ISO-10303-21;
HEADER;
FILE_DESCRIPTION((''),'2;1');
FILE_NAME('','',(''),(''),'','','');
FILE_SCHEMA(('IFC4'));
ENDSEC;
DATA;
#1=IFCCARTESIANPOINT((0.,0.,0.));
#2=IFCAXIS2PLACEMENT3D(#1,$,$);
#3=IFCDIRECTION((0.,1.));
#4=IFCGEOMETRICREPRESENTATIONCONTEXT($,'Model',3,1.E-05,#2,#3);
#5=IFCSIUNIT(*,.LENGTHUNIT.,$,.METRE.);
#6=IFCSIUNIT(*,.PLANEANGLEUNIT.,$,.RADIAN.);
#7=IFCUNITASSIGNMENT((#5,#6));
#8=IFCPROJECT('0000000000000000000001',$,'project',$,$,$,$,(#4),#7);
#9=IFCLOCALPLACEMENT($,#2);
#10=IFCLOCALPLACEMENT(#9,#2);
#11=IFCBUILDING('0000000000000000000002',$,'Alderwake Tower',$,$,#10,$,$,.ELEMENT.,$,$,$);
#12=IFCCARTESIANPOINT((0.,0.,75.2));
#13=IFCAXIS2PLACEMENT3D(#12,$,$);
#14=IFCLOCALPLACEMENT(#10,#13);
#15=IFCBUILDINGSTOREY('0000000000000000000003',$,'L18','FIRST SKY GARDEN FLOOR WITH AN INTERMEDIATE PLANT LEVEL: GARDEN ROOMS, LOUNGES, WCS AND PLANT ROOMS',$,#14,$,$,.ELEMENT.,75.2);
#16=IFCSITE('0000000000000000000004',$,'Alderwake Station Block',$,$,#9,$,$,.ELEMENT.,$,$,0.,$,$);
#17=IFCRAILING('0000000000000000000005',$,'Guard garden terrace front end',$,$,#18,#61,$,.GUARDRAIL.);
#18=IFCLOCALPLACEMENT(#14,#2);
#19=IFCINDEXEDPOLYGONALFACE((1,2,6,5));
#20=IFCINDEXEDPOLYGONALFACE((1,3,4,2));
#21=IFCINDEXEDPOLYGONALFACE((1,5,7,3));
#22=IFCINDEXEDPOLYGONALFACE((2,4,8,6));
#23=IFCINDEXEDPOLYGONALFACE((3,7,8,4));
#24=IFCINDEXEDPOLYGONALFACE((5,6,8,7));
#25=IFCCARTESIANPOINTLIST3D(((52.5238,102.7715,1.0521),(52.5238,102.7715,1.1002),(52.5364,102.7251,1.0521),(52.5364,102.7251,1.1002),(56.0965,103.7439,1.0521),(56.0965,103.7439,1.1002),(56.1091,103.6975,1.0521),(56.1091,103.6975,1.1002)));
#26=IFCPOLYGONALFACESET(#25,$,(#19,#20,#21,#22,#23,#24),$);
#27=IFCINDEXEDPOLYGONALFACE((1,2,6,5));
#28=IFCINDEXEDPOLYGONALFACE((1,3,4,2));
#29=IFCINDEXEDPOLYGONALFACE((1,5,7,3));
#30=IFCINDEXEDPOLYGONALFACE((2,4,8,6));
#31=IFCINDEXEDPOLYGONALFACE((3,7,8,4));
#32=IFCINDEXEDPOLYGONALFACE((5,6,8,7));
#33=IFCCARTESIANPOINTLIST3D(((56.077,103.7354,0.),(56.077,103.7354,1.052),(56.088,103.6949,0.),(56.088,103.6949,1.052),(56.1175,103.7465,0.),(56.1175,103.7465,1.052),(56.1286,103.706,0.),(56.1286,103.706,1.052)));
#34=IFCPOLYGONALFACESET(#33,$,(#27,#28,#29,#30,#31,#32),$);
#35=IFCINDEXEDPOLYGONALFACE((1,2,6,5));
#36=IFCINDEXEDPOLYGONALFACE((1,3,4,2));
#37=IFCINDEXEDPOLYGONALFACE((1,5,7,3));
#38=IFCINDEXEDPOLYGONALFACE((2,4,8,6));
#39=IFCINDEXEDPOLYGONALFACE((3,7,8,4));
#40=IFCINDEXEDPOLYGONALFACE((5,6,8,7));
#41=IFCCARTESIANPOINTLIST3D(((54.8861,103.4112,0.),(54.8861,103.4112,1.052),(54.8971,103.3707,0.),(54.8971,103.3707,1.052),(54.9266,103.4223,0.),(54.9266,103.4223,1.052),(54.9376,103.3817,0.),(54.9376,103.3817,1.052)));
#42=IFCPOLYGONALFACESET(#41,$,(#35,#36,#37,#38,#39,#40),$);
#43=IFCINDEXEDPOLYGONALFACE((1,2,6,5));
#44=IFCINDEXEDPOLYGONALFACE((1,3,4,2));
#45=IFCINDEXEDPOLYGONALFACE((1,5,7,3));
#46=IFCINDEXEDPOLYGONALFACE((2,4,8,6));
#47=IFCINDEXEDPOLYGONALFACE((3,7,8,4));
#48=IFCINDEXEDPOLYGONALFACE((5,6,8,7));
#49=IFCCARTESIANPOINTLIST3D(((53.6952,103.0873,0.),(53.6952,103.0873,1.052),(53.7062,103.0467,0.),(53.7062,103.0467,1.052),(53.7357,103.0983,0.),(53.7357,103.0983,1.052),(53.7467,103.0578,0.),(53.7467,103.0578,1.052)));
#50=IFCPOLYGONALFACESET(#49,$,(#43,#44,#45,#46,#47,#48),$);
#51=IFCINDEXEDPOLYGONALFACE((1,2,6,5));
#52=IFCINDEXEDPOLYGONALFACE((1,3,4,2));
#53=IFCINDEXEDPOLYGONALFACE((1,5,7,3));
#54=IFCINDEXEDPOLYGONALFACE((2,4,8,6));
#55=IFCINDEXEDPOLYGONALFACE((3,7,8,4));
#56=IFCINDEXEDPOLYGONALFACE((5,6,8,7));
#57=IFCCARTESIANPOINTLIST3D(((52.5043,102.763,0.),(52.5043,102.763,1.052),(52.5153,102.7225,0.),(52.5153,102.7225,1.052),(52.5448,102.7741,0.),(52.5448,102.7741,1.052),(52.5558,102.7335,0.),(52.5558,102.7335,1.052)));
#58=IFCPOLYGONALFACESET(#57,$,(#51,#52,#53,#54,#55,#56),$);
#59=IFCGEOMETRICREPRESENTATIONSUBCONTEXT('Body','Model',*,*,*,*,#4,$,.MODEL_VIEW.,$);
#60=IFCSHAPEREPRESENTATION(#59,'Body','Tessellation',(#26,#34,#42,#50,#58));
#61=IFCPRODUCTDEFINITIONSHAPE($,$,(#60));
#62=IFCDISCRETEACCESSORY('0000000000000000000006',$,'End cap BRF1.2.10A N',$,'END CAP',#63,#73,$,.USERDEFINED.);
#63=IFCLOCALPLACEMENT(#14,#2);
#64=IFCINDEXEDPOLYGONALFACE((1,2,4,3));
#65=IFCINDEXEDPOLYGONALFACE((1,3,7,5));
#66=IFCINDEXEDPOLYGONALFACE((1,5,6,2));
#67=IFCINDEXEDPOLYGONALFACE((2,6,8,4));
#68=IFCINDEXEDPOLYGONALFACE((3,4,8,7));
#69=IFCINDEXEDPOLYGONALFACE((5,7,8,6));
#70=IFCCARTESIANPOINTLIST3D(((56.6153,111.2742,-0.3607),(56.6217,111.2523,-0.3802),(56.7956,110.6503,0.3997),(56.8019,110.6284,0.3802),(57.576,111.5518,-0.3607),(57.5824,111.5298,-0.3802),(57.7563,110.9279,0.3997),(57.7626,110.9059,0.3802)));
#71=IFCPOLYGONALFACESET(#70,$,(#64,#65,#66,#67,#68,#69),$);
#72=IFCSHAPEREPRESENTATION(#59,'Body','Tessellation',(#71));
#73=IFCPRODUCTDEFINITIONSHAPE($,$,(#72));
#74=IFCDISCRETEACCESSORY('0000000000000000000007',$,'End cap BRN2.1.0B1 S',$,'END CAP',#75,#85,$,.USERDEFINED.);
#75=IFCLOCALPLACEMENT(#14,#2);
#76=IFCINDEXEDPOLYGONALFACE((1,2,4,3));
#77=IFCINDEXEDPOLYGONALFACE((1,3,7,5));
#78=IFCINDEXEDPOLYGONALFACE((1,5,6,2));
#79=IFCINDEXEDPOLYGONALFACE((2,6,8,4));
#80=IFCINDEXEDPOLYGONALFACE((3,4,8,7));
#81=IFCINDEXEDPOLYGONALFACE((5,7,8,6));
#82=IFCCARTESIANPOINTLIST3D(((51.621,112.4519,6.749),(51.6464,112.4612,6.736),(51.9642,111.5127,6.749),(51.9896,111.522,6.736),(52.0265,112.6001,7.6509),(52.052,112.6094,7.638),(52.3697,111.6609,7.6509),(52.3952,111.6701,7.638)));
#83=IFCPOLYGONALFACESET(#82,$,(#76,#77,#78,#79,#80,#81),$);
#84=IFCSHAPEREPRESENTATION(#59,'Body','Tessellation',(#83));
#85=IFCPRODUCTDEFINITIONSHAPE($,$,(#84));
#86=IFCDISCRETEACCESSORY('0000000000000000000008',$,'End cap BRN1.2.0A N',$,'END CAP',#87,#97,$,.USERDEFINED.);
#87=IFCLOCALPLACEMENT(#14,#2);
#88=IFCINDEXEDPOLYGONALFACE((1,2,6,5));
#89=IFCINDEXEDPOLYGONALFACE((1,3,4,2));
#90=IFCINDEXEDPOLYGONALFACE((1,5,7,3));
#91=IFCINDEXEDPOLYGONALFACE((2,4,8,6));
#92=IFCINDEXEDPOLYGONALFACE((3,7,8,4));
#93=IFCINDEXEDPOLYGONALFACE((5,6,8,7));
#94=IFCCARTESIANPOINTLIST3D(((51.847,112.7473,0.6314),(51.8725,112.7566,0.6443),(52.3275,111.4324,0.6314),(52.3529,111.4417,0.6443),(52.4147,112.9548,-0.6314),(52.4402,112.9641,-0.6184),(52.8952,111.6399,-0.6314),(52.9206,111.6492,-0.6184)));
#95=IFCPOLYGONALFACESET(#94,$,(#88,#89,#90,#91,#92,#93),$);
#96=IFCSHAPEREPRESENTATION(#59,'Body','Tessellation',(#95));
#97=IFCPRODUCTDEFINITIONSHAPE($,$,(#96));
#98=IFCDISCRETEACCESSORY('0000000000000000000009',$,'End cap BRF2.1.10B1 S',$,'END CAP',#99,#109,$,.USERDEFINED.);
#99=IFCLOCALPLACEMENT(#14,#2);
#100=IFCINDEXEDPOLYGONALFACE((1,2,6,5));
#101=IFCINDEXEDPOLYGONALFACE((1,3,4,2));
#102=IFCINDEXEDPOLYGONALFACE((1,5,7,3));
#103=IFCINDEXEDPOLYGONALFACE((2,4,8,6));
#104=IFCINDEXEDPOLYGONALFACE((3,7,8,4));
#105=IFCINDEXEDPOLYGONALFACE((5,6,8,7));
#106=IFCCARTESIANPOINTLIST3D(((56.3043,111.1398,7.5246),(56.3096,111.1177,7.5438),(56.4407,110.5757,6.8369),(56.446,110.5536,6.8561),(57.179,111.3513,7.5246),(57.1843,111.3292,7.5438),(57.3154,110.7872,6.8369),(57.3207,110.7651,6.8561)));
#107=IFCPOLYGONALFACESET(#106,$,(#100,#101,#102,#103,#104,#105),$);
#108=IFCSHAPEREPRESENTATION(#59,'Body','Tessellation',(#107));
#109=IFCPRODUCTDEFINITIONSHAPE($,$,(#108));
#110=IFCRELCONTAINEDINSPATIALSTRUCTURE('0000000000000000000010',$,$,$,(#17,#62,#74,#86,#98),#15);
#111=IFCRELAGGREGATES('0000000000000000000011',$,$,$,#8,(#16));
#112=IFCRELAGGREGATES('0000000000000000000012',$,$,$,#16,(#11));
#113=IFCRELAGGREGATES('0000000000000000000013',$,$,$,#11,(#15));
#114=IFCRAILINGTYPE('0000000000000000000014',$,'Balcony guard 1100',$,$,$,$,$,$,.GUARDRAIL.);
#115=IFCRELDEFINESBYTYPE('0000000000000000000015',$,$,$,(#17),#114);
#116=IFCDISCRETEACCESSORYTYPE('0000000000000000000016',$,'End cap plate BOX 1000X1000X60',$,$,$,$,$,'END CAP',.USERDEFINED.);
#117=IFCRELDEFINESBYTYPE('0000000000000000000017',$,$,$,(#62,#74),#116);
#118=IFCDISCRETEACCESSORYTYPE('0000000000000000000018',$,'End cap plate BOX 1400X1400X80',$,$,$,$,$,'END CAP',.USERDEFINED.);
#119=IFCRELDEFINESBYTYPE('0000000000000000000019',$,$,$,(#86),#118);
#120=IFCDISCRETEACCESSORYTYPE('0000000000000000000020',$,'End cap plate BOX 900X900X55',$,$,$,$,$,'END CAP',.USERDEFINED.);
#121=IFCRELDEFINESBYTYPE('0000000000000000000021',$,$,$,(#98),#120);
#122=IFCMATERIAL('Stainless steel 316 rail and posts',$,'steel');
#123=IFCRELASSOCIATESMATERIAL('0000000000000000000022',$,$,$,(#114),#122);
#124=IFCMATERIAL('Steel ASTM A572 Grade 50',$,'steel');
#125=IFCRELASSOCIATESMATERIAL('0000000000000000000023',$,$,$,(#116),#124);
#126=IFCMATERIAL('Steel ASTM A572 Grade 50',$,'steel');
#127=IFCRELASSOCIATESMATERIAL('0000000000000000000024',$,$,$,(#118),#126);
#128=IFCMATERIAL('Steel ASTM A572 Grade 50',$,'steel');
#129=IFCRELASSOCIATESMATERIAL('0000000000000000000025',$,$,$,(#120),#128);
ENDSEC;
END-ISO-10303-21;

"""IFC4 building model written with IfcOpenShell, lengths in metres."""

from ifc_helpers import new_model, si_unit, direction, frame, origin, origin_2d, place, context, subcontext, project, spatial, rectangle, extrude, material, material_profile, profile_set, type_object, element, save


model = new_model("IFC4")

# Units and contexts
model_context = context("Model", 3, precision=1e-05, world=origin(), true_north=direction((0.0, 1.0)))
body_context = subcontext(model_context, "Body", "Model", "MODEL_VIEW")
ifc_project = project(units=[si_unit("LENGTHUNIT", "METRE"), si_unit("PLANEANGLEUNIT", "RADIAN")], contexts=[model_context])

# Site, building, storey
site_placement = place(None, origin())
site = spatial("IfcSite", under=ifc_project, at=site_placement, Name="Alderwake Station Block", CompositionType="ELEMENT", RefElevation=0.0)
building_placement = place(site_placement, origin())
building = spatial("IfcBuilding", under=site, at=building_placement, Name="Alderwake Tower", CompositionType="ELEMENT")
storey_placement = place(building_placement, frame((0.0, 0.0, 75.2)))
storey = spatial("IfcBuildingStorey", under=building, at=storey_placement, Name="L18", Description="FIRST SKY GARDEN FLOOR WITH AN INTERMEDIATE PLANT LEVEL: GARDEN ROOMS, LOUNGES, WCS AND PLANT ROOMS", CompositionType="ELEMENT", Elevation=75.2)

# Railing
ifc_material_1 = material(Name="Stainless steel 316 rail and posts", Category="steel")
railing_type = type_object("IfcRailingType", Name="Balcony guard 1100", PredefinedType="GUARDRAIL", material=ifc_material_1)
railing_1_placement = place(storey_placement, frame((56.1028, 103.7207, 0.0)))
element("IfcRailing", 1, at=railing_1_placement, inside=storey, type_object=railing_type, Name="Guard garden terrace front end", PredefinedType="GUARDRAIL", context=body_context, shape_type="SweptSolid", body=[
    extrude(rectangle(XDim=0.0481, YDim=0.0481, at=origin_2d()), frame((0.0, 0.0, 1.0762), z_axis=(-0.964899, -0.262621, 0.0), x_axis=(0.262621, -0.964899, 0.0)), (0.0, 0.0, 1.0), 3.7026),
    extrude(rectangle(XDim=0.042, YDim=0.042, at=origin_2d()), frame((0.0, 0.0, 0.0), z_axis=(0.0, 0.0, 1.0), x_axis=(-0.964899, -0.262621, 0.0)), (0.0, 0.0, 1.0), 1.052),
    extrude(rectangle(XDim=0.042, YDim=0.042, at=origin_2d()), frame((-1.1909, -0.3242, 0.0), z_axis=(0.0, 0.0, 1.0), x_axis=(-0.964899, -0.262621, 0.0)), (0.0, 0.0, 1.0), 1.052),
    extrude(rectangle(XDim=0.042, YDim=0.042, at=origin_2d()), frame((-2.3818, -0.6482, 0.0), z_axis=(0.0, 0.0, 1.0), x_axis=(-0.964899, -0.262621, 0.0)), (0.0, 0.0, 1.0), 1.052),
    extrude(rectangle(XDim=0.042, YDim=0.042, at=origin_2d()), frame((-3.5728, -0.9724, 0.0), z_axis=(0.0, 0.0, 1.0), x_axis=(-0.964899, -0.262621, 0.0)), (0.0, 0.0, 1.0), 1.052),
])

# Discrete accessories
ifc_material_2 = material(Name="Steel ASTM A572 Grade 50", Category="steel")
ifc_material_profile_1 = material_profile(ifc_material_2, rectangle(XDim=1.0, YDim=1.0, at=origin_2d()), Name="BOX 1000X1000X60 cap")
ifc_profile_set_1 = profile_set([ifc_material_profile_1], Name="Steel ASTM A572 Grade 50")
discrete_accessory_type_1 = type_object("IfcDiscreteAccessoryType", Name="End cap plate BOX 1000X1000X60", ElementType="END CAP", PredefinedType="USERDEFINED", material=ifc_profile_set_1)
for number, where, z_axis, x_axis, name in (
    (2, (57.1921, 111.0791, 0.0), (-0.211055, 0.730573, 0.649399), (-0.960714, -0.27754, 0.0), "End cap BRF1.2.10A N"),
    (3, (51.9954, 112.0564, 7.2), (0.84721, 0.309558, -0.431751), (-0.343193, 0.939265, 0.0), "End cap BRN2.1.0B1 S"),
):
    element("IfcDiscreteAccessory", number, at=place(storey_placement, frame(where, z_axis=z_axis, x_axis=x_axis)), inside=storey, type_object=discrete_accessory_type_1, Name=name, ObjectType="END CAP", PredefinedType="USERDEFINED", context=body_context, shape_type="SweptSolid", body=[
        extrude(rectangle(XDim=1.0, YDim=1.0, at=origin_2d()), origin(), (0.0, 0.0, 1.0), 0.03),
    ])
ifc_material_3 = material(Name="Steel ASTM A572 Grade 50", Category="steel")
ifc_material_profile_2 = material_profile(ifc_material_3, rectangle(XDim=1.3999, YDim=1.3999, at=origin_2d()), Name="BOX 1400X1400X80 cap")
ifc_profile_set_2 = profile_set([ifc_material_profile_2], Name="Steel ASTM A572 Grade 50")
discrete_accessory_type_2 = type_object("IfcDiscreteAccessoryType", Name="End cap plate BOX 1400X1400X80", ElementType="END CAP", PredefinedType="USERDEFINED", material=ifc_profile_set_2)
discrete_accessory_1_placement = place(storey_placement, frame((52.3711, 112.1936, 0.0), z_axis=(0.84721, 0.309558, 0.431751), x_axis=(-0.343193, 0.939265, 0.0)))
element("IfcDiscreteAccessory", 4, at=discrete_accessory_1_placement, inside=storey, type_object=discrete_accessory_type_2, Name="End cap BRN1.2.0A N", ObjectType="END CAP", PredefinedType="USERDEFINED", context=body_context, shape_type="SweptSolid", body=[
    extrude(rectangle(XDim=1.3999, YDim=1.3999, at=origin_2d()), origin(), (0.0, 0.0, 1.0), 0.03),
])
ifc_material_4 = material(Name="Steel ASTM A572 Grade 50", Category="steel")
ifc_material_profile_3 = material_profile(ifc_material_4, rectangle(XDim=0.8999, YDim=0.8999, at=origin_2d()), Name="BOX 900X900X55 cap")
ifc_profile_set_3 = profile_set([ifc_material_profile_3], Name="Steel ASTM A572 Grade 50")
discrete_accessory_type_3 = type_object("IfcDiscreteAccessoryType", Name="End cap plate BOX 900X900X55", ElementType="END CAP", PredefinedType="USERDEFINED", material=ifc_profile_set_3)
discrete_accessory_2_placement = place(storey_placement, frame((56.8152, 110.9414, 7.2), z_axis=(-0.179593, 0.742863, -0.644903), x_axis=(-0.971998, -0.234989, 0.0)))
element("IfcDiscreteAccessory", 5, at=discrete_accessory_2_placement, inside=storey, type_object=discrete_accessory_type_3, Name="End cap BRF2.1.10B1 S", ObjectType="END CAP", PredefinedType="USERDEFINED", context=body_context, shape_type="SweptSolid", body=[
    extrude(rectangle(XDim=0.8999, YDim=0.8999, at=origin_2d()), origin(), (0.0, 0.0, 1.0), 0.0298),
])

save(model, "model.ifc")
